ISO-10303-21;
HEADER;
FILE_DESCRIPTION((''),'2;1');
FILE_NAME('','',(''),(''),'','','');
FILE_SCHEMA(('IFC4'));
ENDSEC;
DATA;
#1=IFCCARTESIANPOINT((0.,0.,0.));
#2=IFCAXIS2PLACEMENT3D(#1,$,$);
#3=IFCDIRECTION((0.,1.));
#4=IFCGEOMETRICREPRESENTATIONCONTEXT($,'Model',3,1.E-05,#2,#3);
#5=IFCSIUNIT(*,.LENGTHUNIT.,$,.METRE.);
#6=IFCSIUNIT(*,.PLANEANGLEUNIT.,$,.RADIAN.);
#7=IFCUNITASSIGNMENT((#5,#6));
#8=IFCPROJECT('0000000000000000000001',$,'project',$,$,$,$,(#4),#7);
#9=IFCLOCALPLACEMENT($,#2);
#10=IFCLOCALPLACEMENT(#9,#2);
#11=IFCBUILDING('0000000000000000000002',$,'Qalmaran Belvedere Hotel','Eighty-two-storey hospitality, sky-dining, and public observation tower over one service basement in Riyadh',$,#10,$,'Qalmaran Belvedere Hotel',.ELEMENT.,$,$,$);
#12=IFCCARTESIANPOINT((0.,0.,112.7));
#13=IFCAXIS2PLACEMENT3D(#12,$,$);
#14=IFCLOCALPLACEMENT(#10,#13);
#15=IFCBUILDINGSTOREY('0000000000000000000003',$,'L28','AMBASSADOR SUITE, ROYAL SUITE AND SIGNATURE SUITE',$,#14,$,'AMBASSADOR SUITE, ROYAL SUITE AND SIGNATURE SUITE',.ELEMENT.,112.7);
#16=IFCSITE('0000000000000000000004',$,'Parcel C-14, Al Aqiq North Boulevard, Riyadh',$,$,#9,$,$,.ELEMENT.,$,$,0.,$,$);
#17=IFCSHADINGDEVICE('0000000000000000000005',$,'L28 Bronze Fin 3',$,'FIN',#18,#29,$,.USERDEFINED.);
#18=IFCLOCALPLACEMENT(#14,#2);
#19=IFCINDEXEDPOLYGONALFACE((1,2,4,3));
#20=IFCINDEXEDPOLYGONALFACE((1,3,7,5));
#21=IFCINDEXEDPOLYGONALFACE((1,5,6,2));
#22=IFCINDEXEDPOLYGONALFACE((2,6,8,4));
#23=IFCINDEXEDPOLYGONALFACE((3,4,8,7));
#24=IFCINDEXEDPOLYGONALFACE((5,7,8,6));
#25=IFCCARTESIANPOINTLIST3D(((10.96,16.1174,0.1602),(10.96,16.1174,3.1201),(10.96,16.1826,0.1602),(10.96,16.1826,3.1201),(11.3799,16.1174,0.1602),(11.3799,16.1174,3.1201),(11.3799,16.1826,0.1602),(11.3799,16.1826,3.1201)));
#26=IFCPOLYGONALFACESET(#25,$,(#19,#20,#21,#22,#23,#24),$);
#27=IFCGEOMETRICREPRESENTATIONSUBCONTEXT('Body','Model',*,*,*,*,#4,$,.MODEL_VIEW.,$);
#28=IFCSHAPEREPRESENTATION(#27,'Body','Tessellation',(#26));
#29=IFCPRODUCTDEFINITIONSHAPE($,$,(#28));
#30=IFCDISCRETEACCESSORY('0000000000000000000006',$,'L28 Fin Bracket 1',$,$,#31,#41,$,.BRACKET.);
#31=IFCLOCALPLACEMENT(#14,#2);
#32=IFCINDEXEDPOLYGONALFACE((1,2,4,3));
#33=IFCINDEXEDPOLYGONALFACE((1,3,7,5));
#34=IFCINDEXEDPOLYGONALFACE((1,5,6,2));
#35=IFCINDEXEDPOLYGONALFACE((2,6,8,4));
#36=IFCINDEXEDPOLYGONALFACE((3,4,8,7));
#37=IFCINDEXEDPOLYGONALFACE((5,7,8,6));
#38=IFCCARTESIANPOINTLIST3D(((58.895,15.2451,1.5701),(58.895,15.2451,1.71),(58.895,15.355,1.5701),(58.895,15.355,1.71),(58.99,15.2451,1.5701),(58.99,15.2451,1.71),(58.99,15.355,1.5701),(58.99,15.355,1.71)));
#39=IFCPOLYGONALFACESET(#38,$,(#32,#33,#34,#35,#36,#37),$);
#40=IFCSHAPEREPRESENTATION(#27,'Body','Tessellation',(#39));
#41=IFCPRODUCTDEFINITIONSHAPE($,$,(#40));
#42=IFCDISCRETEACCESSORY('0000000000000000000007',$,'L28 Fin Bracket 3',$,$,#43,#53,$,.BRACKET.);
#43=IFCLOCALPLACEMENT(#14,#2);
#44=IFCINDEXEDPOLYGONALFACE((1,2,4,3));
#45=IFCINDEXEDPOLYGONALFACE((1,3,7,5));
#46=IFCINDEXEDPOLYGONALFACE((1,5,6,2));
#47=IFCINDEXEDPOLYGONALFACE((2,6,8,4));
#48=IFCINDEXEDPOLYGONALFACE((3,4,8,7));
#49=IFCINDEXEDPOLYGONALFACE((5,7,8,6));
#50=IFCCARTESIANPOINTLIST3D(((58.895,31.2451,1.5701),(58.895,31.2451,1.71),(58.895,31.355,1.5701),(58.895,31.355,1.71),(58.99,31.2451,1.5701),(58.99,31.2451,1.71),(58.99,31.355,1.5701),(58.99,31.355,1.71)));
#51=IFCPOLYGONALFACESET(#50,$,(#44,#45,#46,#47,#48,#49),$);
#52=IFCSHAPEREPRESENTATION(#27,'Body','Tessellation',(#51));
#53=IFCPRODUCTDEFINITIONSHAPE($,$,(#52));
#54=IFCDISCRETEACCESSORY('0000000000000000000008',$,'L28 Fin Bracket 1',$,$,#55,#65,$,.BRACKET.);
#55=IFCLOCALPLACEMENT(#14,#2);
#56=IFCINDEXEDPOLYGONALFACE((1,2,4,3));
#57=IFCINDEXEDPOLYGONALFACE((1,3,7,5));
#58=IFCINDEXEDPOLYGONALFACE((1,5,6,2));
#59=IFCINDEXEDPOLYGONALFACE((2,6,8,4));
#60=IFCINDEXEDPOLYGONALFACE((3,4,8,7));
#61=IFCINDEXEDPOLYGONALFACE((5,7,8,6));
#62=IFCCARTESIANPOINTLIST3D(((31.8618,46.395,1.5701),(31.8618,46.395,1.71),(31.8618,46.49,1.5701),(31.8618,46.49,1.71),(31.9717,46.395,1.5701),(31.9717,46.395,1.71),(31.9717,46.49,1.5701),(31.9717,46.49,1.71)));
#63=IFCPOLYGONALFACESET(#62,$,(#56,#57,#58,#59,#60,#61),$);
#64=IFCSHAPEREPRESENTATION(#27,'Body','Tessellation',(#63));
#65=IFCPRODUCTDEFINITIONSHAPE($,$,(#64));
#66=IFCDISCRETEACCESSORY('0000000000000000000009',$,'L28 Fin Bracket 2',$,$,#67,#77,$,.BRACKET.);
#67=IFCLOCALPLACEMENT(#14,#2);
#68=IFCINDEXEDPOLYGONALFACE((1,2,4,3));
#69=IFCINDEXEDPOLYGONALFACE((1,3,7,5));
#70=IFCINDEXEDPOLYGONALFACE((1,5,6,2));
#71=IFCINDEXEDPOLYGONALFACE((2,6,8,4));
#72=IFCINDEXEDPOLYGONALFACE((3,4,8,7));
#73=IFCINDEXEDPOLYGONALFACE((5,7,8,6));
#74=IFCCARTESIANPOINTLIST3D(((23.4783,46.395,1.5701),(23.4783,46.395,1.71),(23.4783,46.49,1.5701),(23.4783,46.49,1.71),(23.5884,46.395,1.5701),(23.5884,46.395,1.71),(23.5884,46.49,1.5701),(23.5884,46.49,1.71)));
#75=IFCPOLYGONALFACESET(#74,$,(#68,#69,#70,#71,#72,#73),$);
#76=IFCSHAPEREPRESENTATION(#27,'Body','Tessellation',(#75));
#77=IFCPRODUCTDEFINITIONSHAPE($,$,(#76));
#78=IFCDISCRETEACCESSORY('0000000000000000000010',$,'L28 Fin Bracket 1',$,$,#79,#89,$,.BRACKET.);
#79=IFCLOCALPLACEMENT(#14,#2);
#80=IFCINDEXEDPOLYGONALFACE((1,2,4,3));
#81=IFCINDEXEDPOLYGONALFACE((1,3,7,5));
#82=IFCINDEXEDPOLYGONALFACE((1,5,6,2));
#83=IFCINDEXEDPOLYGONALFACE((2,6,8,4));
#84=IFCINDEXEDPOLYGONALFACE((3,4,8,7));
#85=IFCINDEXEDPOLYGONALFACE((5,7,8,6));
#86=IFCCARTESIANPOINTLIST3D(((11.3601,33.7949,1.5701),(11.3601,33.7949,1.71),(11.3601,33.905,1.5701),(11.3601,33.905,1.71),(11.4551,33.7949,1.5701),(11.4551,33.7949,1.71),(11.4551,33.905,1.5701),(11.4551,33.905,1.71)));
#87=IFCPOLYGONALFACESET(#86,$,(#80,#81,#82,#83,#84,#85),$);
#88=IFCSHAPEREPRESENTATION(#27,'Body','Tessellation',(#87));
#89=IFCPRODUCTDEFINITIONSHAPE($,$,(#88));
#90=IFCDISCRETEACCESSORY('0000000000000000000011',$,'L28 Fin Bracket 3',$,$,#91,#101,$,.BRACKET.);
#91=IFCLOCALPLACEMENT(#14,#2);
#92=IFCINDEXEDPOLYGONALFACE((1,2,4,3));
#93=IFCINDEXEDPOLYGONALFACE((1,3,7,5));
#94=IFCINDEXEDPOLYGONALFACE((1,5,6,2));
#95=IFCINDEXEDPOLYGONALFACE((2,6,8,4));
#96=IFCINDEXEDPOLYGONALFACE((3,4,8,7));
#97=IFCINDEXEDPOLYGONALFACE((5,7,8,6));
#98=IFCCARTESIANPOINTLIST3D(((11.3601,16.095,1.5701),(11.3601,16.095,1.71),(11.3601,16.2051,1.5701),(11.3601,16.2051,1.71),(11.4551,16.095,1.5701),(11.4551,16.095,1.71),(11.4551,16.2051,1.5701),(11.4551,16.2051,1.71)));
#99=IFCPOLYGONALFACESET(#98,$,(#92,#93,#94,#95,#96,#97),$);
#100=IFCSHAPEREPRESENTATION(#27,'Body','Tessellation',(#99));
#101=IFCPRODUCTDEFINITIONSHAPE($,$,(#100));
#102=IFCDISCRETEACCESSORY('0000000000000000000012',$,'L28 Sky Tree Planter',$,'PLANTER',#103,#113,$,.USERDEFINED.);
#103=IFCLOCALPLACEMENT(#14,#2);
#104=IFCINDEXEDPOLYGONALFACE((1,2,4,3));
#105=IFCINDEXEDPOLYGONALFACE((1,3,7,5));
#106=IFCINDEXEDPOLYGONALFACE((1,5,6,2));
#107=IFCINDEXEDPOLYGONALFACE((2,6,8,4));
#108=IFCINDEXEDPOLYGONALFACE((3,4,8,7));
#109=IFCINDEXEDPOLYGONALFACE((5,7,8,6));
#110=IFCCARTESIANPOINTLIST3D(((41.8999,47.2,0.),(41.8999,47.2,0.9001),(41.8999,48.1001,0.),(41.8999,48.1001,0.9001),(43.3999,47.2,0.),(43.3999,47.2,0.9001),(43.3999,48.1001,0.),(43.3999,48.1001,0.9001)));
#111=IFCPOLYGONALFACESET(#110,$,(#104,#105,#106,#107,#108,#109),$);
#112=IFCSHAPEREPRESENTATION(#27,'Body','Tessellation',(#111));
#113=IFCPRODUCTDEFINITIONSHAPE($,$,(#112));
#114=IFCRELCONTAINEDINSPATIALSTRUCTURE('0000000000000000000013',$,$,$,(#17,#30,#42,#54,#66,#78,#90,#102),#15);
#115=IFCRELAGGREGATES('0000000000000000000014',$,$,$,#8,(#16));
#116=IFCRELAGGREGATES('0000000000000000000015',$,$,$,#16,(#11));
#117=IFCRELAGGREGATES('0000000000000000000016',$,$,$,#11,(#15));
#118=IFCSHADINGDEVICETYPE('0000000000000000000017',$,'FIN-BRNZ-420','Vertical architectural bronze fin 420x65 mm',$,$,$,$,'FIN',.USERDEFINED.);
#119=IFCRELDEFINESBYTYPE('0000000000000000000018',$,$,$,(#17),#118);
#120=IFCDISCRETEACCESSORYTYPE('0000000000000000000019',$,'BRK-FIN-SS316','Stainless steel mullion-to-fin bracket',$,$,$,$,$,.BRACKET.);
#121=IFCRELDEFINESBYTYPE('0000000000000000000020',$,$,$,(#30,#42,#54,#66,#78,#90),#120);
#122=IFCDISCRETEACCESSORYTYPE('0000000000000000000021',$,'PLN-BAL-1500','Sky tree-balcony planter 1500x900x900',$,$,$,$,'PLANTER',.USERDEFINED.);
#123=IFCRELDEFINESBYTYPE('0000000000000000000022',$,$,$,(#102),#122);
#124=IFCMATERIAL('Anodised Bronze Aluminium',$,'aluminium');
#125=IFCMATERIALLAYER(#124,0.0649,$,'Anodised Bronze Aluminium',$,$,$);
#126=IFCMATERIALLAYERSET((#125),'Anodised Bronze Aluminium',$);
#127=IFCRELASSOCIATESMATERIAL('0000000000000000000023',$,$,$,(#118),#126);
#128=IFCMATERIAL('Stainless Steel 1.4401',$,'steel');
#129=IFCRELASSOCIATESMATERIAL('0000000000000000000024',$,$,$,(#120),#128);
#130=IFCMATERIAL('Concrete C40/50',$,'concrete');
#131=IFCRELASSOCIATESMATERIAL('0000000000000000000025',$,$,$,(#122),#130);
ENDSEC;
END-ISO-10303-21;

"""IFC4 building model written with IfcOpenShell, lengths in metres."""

from ifc_helpers import new_model, si_unit, direction, frame, origin, place, context, subcontext, project, spatial, polyline, outline, extrude, material, layer, layer_set, type_object, element, save


model = new_model("IFC4")

# Units and contexts
model_context = context("Model", 3, precision=1e-05, world=origin(), true_north=direction((0.0, 1.0)))
body_context = subcontext(model_context, "Body", "Model", "MODEL_VIEW")
ifc_project = project(units=[si_unit("LENGTHUNIT", "METRE"), si_unit("PLANEANGLEUNIT", "RADIAN")], contexts=[model_context])

# Site, building, storey
site_placement = place(None, origin())
site = spatial("IfcSite", under=ifc_project, at=site_placement, Name="Parcel C-14, Al Aqiq North Boulevard, Riyadh", CompositionType="ELEMENT", RefElevation=0.0)
building_placement = place(site_placement, origin())
building = spatial("IfcBuilding", under=site, at=building_placement, Name="Qalmaran Belvedere Hotel", Description="Eighty-two-storey hospitality, sky-dining, and public observation tower over one service basement in Riyadh", LongName="Qalmaran Belvedere Hotel", CompositionType="ELEMENT")
storey_placement = place(building_placement, frame((0.0, 0.0, 112.7)))
storey = spatial("IfcBuildingStorey", under=building, at=storey_placement, Name="L28", Description="AMBASSADOR SUITE, ROYAL SUITE AND SIGNATURE SUITE", LongName="AMBASSADOR SUITE, ROYAL SUITE AND SIGNATURE SUITE", CompositionType="ELEMENT", Elevation=112.7)

# Shared definitions
ifc_material_1 = material(Name="Anodised Bronze Aluminium", Category="aluminium")

# Shared definitions
ifc_material_2 = material(Name="Concrete C40/50", Category="concrete")

# Shading device
ifc_layer_1 = layer(ifc_material_1, 0.0649, Name="Anodised Bronze Aluminium")
ifc_layer_set_1 = layer_set([ifc_layer_1], Name="Anodised Bronze Aluminium")
shading_device_type = type_object("IfcShadingDeviceType", Name="FIN-BRNZ-420", Description="Vertical architectural bronze fin 420x65 mm", ElementType="FIN", PredefinedType="USERDEFINED", material=ifc_layer_set_1)
shading_device_1_placement = place(storey_placement, frame((0.0, 0.0, 0.1602)))
element("IfcShadingDevice", 1, at=shading_device_1_placement, inside=storey, type_object=shading_device_type, Name="L28 Bronze Fin 3", ObjectType="FIN", PredefinedType="USERDEFINED", context=body_context, shape_type="SweptSolid", body=[
    extrude(outline(polyline([(11.3799, 16.1826), (10.96, 16.1826), (10.96, 16.1174), (11.3799, 16.1174), (11.3799, 16.1826)])), origin(), (0.0, 0.0, 1.0), 2.96),
])

# Discrete accessories
ifc_material_3 = material(Name="Stainless Steel 1.4401", Category="steel")
discrete_accessory_type_1 = type_object("IfcDiscreteAccessoryType", Name="BRK-FIN-SS316", Description="Stainless steel mullion-to-fin bracket", PredefinedType="BRACKET", material=ifc_material_3)
discrete_accessory_1_placement = place(storey_placement, frame((0.0, 0.0, 1.5701)))
element("IfcDiscreteAccessory", 2, at=discrete_accessory_1_placement, inside=storey, type_object=discrete_accessory_type_1, Name="L28 Fin Bracket 1", PredefinedType="BRACKET", context=body_context, shape_type="SweptSolid", body=[
    extrude(outline(polyline([(58.895, 15.2451), (58.99, 15.2451), (58.99, 15.355), (58.895, 15.355), (58.895, 15.2451)])), origin(), (0.0, 0.0, 1.0), 0.1399),
])
discrete_accessory_2_placement = place(storey_placement, frame((0.0, 0.0, 1.5701)))
element("IfcDiscreteAccessory", 3, at=discrete_accessory_2_placement, inside=storey, type_object=discrete_accessory_type_1, Name="L28 Fin Bracket 3", PredefinedType="BRACKET", context=body_context, shape_type="SweptSolid", body=[
    extrude(outline(polyline([(58.895, 31.2451), (58.99, 31.2451), (58.99, 31.355), (58.895, 31.355), (58.895, 31.2451)])), origin(), (0.0, 0.0, 1.0), 0.1399),
])
discrete_accessory_3_placement = place(storey_placement, frame((0.0, 0.0, 1.5701)))
element("IfcDiscreteAccessory", 4, at=discrete_accessory_3_placement, inside=storey, type_object=discrete_accessory_type_1, Name="L28 Fin Bracket 1", PredefinedType="BRACKET", context=body_context, shape_type="SweptSolid", body=[
    extrude(outline(polyline([(31.9717, 46.395), (31.9717, 46.49), (31.8618, 46.49), (31.8618, 46.395), (31.9717, 46.395)])), origin(), (0.0, 0.0, 1.0), 0.1399),
])
discrete_accessory_4_placement = place(storey_placement, frame((0.0, 0.0, 1.5701)))
element("IfcDiscreteAccessory", 5, at=discrete_accessory_4_placement, inside=storey, type_object=discrete_accessory_type_1, Name="L28 Fin Bracket 2", PredefinedType="BRACKET", context=body_context, shape_type="SweptSolid", body=[
    extrude(outline(polyline([(23.5884, 46.395), (23.5884, 46.49), (23.4783, 46.49), (23.4783, 46.395), (23.5884, 46.395)])), origin(), (0.0, 0.0, 1.0), 0.1399),
])
discrete_accessory_5_placement = place(storey_placement, frame((0.0, 0.0, 1.5701)))
element("IfcDiscreteAccessory", 6, at=discrete_accessory_5_placement, inside=storey, type_object=discrete_accessory_type_1, Name="L28 Fin Bracket 1", PredefinedType="BRACKET", context=body_context, shape_type="SweptSolid", body=[
    extrude(outline(polyline([(11.4551, 33.905), (11.3601, 33.905), (11.3601, 33.7949), (11.4551, 33.7949), (11.4551, 33.905)])), origin(), (0.0, 0.0, 1.0), 0.1399),
])
discrete_accessory_6_placement = place(storey_placement, frame((0.0, 0.0, 1.5701)))
element("IfcDiscreteAccessory", 7, at=discrete_accessory_6_placement, inside=storey, type_object=discrete_accessory_type_1, Name="L28 Fin Bracket 3", PredefinedType="BRACKET", context=body_context, shape_type="SweptSolid", body=[
    extrude(outline(polyline([(11.4551, 16.2051), (11.3601, 16.2051), (11.3601, 16.095), (11.4551, 16.095), (11.4551, 16.2051)])), origin(), (0.0, 0.0, 1.0), 0.1399),
])
discrete_accessory_type_2 = type_object("IfcDiscreteAccessoryType", Name="PLN-BAL-1500", Description="Sky tree-balcony planter 1500x900x900", ElementType="PLANTER", PredefinedType="USERDEFINED", material=ifc_material_2)
discrete_accessory_7_placement = place(storey_placement, origin())
element("IfcDiscreteAccessory", 8, at=discrete_accessory_7_placement, inside=storey, type_object=discrete_accessory_type_2, Name="L28 Sky Tree Planter", ObjectType="PLANTER", PredefinedType="USERDEFINED", context=body_context, shape_type="SweptSolid", body=[
    extrude(outline(polyline([(41.8999, 47.2), (43.3999, 47.2), (43.3999, 48.1001), (41.8999, 48.1001), (41.8999, 47.2)])), origin(), (0.0, 0.0, 1.0), 0.9001),
])

save(model, "model.ifc")
